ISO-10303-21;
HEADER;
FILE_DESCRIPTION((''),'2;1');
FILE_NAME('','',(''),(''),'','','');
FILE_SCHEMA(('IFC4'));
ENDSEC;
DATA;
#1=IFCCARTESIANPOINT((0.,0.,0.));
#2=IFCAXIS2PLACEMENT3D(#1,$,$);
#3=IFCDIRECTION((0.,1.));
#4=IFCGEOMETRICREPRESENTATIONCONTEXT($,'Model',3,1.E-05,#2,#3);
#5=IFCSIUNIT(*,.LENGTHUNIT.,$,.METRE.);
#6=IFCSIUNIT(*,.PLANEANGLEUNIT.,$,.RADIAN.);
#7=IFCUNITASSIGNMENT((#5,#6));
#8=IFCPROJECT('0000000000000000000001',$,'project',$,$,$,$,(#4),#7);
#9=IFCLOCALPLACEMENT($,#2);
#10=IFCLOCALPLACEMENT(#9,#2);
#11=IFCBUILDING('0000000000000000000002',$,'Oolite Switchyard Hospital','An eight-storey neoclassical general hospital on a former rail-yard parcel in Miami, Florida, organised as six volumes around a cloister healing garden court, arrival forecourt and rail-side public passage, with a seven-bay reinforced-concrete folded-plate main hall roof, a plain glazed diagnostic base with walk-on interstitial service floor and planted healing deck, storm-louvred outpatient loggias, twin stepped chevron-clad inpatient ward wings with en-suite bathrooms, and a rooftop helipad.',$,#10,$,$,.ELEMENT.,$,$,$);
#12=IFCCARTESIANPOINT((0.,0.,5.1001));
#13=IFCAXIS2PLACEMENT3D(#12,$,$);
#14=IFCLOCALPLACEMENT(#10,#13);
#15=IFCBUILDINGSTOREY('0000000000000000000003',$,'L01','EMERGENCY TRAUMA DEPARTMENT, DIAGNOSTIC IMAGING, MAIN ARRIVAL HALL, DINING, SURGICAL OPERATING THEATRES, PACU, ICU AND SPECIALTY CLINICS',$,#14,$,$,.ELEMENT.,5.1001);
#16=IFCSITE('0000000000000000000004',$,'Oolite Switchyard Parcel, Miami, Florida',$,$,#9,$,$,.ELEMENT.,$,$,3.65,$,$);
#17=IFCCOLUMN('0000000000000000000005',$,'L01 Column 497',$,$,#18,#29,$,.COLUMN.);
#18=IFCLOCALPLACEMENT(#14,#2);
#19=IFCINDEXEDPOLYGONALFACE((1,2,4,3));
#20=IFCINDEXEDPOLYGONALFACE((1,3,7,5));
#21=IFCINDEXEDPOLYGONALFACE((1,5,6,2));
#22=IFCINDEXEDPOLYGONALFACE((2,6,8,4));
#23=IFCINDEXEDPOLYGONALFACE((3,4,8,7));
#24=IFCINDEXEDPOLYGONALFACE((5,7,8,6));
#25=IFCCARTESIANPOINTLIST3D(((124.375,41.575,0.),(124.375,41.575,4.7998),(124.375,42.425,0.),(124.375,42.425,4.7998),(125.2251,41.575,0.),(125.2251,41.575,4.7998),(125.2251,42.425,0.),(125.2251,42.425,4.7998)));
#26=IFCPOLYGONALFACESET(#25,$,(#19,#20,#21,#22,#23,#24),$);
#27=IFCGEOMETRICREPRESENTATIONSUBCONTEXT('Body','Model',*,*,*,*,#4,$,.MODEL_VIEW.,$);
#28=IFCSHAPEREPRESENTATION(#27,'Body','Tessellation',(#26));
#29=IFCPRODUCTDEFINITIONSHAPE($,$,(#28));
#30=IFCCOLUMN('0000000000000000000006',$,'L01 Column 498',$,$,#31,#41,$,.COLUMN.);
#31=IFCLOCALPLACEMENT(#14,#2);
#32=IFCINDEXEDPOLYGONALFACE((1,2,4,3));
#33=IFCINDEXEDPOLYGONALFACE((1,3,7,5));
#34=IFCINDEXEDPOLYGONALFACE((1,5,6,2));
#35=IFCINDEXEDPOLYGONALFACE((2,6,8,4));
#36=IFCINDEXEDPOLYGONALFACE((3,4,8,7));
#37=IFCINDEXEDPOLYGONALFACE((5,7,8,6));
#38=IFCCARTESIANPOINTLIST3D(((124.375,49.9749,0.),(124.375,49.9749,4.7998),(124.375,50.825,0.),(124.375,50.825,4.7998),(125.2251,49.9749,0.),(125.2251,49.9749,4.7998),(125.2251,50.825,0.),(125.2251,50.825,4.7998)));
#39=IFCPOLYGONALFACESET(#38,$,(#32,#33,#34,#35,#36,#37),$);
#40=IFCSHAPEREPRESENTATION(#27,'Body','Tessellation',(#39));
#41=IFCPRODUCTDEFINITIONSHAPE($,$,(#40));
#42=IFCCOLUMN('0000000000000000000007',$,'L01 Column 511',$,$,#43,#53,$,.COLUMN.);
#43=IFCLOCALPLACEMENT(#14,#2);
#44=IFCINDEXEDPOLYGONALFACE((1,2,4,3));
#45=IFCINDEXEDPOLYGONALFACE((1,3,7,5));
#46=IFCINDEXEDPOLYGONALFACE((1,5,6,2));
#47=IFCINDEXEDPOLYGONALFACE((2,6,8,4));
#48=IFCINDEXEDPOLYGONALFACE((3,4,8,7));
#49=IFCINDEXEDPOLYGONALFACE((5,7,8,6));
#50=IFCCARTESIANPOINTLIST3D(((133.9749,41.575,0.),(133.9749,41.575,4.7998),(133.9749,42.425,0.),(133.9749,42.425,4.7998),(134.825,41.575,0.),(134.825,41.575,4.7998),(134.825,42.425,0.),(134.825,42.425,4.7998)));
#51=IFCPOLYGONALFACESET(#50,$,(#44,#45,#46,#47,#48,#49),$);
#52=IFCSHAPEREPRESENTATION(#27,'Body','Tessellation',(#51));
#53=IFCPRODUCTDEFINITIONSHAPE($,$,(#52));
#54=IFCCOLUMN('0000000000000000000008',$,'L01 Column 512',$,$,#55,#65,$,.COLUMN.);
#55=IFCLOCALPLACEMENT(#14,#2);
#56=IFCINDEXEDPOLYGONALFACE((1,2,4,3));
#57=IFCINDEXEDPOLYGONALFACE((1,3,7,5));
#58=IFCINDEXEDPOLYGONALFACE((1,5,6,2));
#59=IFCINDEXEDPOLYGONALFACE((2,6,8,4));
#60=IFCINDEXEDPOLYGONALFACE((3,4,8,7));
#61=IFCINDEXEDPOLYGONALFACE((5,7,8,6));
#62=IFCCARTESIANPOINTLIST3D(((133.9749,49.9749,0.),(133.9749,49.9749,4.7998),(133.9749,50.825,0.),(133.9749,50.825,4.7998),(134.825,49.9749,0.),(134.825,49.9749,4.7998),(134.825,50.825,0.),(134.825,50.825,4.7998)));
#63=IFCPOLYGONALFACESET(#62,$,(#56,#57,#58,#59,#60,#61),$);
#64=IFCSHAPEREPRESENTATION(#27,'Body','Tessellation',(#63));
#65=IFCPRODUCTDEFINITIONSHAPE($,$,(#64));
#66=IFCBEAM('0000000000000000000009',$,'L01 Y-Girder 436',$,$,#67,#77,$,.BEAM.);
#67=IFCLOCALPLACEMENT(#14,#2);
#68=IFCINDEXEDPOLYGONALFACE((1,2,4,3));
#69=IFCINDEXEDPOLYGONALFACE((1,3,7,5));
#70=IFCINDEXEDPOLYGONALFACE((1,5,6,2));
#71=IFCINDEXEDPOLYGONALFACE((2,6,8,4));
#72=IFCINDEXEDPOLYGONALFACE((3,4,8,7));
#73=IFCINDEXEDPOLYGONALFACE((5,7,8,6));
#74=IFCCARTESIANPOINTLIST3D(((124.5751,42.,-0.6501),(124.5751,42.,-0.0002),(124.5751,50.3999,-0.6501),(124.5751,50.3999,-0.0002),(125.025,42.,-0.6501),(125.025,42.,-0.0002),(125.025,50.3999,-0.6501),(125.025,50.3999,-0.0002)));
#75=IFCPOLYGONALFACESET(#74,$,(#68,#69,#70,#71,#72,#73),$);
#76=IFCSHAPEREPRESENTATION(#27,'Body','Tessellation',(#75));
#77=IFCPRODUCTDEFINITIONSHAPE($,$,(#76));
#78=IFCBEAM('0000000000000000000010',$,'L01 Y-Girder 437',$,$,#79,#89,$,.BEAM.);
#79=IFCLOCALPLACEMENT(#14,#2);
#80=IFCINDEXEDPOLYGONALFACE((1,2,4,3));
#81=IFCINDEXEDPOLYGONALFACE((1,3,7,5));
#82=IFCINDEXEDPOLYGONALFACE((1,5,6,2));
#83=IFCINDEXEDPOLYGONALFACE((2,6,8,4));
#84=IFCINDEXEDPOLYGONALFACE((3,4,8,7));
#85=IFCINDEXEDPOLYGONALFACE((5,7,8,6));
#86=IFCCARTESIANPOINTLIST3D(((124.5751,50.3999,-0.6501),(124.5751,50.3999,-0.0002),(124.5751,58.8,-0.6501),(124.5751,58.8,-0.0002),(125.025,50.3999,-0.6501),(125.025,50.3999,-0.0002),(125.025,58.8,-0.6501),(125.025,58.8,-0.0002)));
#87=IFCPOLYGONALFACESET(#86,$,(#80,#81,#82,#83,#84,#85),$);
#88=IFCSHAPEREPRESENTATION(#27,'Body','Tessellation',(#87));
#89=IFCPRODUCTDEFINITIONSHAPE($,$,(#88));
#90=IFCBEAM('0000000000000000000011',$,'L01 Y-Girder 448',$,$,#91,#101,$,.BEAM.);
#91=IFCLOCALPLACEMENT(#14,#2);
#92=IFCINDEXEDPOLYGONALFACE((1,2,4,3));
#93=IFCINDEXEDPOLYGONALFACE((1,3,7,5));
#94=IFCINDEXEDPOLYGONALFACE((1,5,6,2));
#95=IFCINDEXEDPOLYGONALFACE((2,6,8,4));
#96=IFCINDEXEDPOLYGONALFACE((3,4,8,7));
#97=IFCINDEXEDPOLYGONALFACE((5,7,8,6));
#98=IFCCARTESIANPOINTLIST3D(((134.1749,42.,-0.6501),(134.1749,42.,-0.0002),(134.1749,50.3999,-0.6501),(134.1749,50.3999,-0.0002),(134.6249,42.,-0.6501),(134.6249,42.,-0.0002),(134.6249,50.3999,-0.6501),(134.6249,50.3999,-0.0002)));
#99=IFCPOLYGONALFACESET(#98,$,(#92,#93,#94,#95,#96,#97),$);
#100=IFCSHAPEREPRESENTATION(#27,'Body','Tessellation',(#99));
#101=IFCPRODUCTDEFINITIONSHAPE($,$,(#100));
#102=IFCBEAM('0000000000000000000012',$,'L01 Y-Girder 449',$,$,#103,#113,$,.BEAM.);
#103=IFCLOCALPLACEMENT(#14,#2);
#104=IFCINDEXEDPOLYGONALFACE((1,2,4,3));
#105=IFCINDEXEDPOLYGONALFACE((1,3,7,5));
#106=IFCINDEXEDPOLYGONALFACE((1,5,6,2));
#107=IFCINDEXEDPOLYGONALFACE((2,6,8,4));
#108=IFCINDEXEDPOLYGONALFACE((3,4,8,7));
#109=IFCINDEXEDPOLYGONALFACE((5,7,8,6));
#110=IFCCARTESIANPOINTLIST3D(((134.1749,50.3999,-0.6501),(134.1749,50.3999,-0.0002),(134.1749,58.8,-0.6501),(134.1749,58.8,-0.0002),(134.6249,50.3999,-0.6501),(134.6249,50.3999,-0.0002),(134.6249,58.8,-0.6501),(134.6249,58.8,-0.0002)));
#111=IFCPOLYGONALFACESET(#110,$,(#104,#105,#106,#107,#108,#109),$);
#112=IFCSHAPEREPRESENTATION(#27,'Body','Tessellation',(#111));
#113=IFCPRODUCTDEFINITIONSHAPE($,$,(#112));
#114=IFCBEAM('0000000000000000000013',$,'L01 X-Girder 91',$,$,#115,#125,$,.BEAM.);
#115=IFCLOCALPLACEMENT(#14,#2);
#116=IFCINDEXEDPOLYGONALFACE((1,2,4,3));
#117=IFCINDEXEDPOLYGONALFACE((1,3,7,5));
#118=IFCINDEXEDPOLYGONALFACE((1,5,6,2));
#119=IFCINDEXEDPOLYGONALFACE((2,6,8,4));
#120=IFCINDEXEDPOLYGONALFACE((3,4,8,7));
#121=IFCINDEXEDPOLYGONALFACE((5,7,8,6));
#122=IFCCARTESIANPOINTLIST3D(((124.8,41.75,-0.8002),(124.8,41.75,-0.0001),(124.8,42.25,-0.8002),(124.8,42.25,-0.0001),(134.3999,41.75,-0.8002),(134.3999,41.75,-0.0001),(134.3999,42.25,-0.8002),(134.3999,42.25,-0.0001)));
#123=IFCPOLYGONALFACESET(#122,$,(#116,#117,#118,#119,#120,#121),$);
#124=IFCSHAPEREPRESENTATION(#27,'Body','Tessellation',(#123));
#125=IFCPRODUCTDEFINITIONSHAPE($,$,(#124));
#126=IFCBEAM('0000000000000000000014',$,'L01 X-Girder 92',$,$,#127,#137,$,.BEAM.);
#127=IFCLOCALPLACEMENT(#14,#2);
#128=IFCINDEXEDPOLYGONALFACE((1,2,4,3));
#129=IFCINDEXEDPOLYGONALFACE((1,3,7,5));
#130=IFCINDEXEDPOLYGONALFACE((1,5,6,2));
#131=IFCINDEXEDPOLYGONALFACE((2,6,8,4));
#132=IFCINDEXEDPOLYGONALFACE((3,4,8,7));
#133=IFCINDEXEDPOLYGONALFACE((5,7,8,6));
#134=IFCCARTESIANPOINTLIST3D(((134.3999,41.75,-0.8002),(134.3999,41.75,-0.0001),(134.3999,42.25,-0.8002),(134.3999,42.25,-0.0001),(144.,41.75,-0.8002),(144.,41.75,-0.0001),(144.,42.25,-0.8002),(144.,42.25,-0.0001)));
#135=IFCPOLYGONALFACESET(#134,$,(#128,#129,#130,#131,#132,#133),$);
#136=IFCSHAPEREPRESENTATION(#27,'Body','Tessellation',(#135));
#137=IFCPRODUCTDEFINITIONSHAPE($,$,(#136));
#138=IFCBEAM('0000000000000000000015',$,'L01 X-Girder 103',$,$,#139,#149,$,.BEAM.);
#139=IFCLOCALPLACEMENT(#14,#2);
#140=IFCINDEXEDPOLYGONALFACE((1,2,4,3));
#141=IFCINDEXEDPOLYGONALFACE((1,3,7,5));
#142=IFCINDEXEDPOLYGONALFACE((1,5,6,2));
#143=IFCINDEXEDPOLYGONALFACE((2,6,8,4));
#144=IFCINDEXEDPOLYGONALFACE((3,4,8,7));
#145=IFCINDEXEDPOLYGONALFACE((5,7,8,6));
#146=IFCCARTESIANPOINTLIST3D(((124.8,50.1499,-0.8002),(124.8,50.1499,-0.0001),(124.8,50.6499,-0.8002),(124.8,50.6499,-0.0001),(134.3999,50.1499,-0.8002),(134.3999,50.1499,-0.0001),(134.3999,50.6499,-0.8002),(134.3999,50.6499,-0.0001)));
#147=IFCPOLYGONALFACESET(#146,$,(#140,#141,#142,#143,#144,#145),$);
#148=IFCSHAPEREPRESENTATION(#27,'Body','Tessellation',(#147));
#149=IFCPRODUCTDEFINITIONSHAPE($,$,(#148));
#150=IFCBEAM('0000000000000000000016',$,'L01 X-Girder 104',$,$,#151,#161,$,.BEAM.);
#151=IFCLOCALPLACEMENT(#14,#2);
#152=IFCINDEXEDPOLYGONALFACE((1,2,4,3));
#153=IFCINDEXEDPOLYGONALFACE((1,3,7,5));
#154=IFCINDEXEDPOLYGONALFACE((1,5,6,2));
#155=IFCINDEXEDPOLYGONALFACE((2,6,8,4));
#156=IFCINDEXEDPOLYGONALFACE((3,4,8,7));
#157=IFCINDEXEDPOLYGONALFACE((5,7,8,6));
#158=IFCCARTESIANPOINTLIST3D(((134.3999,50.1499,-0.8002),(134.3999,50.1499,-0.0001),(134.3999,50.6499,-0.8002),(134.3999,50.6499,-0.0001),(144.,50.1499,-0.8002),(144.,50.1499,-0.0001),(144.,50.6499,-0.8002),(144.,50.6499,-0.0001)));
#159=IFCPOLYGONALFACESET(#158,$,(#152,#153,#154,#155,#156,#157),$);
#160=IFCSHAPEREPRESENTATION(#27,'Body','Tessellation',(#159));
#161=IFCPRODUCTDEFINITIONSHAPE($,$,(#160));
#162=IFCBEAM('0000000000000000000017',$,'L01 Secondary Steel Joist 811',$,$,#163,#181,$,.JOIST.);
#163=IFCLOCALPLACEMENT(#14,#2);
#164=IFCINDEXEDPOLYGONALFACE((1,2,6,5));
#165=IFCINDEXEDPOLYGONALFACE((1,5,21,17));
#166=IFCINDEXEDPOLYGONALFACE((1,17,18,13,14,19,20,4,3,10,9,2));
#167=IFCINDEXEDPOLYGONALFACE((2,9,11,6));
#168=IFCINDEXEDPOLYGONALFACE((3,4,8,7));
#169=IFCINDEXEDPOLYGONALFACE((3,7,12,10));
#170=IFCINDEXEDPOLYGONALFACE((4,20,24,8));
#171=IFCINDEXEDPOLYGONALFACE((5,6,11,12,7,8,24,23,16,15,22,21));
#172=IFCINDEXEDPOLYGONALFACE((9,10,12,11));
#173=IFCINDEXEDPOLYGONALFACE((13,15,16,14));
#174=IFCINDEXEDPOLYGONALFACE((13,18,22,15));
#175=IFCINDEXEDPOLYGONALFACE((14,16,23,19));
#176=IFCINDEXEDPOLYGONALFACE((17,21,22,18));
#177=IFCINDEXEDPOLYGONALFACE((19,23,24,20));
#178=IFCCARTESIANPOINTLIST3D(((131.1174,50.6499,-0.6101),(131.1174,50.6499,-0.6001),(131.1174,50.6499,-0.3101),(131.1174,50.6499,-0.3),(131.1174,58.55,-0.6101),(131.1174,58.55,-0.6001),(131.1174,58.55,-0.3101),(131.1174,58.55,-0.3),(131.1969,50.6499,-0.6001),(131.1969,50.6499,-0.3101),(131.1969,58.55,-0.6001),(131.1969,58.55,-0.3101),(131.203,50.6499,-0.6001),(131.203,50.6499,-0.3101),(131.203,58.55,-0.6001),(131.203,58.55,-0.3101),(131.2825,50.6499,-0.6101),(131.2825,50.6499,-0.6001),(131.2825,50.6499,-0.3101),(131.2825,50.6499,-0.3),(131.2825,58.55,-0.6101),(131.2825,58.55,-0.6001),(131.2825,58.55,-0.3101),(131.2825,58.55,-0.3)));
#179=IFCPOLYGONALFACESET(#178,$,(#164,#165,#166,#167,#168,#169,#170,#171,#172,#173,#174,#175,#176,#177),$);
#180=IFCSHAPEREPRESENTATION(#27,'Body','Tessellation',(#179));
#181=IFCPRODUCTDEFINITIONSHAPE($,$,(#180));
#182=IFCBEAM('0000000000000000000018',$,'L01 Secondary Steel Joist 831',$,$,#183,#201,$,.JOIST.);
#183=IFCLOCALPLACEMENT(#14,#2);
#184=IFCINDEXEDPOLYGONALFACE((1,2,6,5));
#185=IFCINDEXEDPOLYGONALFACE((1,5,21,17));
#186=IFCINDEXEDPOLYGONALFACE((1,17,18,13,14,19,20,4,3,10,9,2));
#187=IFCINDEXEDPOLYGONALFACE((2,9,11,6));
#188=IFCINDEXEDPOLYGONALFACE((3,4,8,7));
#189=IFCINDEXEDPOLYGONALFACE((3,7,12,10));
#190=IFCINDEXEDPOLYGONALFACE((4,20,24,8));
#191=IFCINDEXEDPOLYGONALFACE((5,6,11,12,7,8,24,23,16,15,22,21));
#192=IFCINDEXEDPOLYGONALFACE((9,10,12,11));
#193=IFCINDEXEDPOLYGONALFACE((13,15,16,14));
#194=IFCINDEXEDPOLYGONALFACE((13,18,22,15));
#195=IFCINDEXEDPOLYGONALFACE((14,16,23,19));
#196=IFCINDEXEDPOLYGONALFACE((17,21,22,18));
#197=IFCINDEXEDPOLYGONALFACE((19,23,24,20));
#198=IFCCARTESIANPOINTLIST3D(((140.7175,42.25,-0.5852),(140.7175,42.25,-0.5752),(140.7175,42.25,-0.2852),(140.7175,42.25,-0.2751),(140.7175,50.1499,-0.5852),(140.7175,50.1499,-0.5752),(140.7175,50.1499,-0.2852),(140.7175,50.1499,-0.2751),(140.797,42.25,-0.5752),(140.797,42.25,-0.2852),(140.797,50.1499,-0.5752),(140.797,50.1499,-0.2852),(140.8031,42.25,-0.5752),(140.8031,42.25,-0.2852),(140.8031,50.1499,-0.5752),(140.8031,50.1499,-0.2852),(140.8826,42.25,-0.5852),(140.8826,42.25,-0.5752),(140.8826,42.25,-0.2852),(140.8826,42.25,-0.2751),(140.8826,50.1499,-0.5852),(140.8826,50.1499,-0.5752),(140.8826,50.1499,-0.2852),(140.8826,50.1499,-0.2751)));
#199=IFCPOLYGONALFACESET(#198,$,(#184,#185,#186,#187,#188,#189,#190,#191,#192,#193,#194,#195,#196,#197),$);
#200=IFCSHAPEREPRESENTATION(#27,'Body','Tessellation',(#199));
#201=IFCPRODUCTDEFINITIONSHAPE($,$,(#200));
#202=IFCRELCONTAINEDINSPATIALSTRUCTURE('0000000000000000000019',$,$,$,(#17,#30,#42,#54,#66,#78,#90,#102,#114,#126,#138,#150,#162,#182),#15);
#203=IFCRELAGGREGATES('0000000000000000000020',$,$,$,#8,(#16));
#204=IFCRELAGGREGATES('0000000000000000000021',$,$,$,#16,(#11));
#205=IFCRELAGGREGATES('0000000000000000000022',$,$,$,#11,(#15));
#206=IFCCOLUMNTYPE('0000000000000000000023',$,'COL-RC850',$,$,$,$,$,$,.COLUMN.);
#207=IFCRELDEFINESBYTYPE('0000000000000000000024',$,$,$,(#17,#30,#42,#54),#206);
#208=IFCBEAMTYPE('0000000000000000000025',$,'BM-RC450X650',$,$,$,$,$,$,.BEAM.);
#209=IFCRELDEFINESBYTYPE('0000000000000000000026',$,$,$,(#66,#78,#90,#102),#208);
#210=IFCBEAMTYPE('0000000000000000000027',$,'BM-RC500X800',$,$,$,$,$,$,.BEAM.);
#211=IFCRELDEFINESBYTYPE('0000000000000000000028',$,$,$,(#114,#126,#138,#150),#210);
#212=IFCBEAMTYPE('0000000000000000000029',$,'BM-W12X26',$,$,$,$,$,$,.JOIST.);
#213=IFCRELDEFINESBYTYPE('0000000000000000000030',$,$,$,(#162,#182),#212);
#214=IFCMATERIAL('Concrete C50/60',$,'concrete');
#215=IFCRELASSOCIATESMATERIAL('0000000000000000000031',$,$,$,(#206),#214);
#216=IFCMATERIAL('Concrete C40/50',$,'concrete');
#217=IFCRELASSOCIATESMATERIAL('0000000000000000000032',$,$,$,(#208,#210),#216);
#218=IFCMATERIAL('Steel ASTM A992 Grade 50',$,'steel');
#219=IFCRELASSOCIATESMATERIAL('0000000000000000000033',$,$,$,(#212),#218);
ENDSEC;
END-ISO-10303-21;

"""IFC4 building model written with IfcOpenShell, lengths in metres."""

from ifc_helpers import new_model, si_unit, direction, frame, origin, origin_2d, place, context, subcontext, project, spatial, rectangle, i_section, extrude, material, material_profile, profile_set, type_object, element, save


model = new_model("IFC4")

# Units and contexts
model_context = context("Model", 3, precision=1e-05, world=origin(), true_north=direction((0.0, 1.0)))
body_context = subcontext(model_context, "Body", "Model", "MODEL_VIEW")
ifc_project = project(units=[si_unit("LENGTHUNIT", "METRE"), si_unit("PLANEANGLEUNIT", "RADIAN")], contexts=[model_context])

# Site, building, storey
site_placement = place(None, origin())
site = spatial("IfcSite", under=ifc_project, at=site_placement, Name="Oolite Switchyard Parcel, Miami, Florida", CompositionType="ELEMENT", RefElevation=3.65)
building_placement = place(site_placement, origin())
building = spatial("IfcBuilding", under=site, at=building_placement, Name="Oolite Switchyard Hospital", Description="An eight-storey neoclassical general hospital on a former rail-yard parcel in Miami, Florida, organised as six volumes around a cloister healing garden court, arrival forecourt and rail-side public passage, with a seven-bay reinforced-concrete folded-plate main hall roof, a plain glazed diagnostic base with walk-on interstitial service floor and planted healing deck, storm-louvred outpatient loggias, twin stepped chevron-clad inpatient ward wings with en-suite bathrooms, and a rooftop helipad.", CompositionType="ELEMENT")
storey_placement = place(building_placement, frame((0.0, 0.0, 5.1001)))
storey = spatial("IfcBuildingStorey", under=building, at=storey_placement, Name="L01", Description="EMERGENCY TRAUMA DEPARTMENT, DIAGNOSTIC IMAGING, MAIN ARRIVAL HALL, DINING, SURGICAL OPERATING THEATRES, PACU, ICU AND SPECIALTY CLINICS", CompositionType="ELEMENT", Elevation=5.1001)

# Columns
ifc_material_1 = material(Name="Concrete C50/60", Category="concrete")
ifc_material_profile_1 = material_profile(ifc_material_1, rectangle(XDim=0.8501, YDim=0.8501, at=origin_2d()), Name="RC850X850")
ifc_profile_set_1 = profile_set([ifc_material_profile_1], Name="Concrete C50/60")
column_type = type_object("IfcColumnType", Name="COL-RC850", PredefinedType="COLUMN", material=ifc_profile_set_1)
for number, where, z_axis, x_axis, name in (
    (1, (124.8, 42.0, 0.0), (0.0, 0.0, 1.0), (1.0, 0.0, 0.0), "L01 Column 497"),
    (2, (124.8, 50.3999, 0.0), (0.0, 0.0, 1.0), (1.0, 0.0, 0.0), "L01 Column 498"),
    (3, (134.3999, 42.0, 0.0), (0.0, 0.0, 1.0), (1.0, 0.0, 0.0), "L01 Column 511"),
    (4, (134.3999, 50.3999, 0.0), (0.0, 0.0, 1.0), (1.0, 0.0, 0.0), "L01 Column 512"),
):
    element("IfcColumn", number, at=place(storey_placement, frame(where, z_axis=z_axis, x_axis=x_axis)), inside=storey, type_object=column_type, Name=name, PredefinedType="COLUMN", context=body_context, shape_type="SweptSolid", body=[
        extrude(rectangle(XDim=0.8501, YDim=0.8501, at=origin_2d()), origin(), (0.0, 0.0, 1.0), 4.7998),
    ])

# Beams
ifc_material_2 = material(Name="Concrete C40/50", Category="concrete")
ifc_material_profile_2 = material_profile(ifc_material_2, rectangle(XDim=0.45, YDim=0.6499, at=origin_2d()), Name="RCB450X650")
ifc_profile_set_2 = profile_set([ifc_material_profile_2], Name="Concrete C40/50")
beam_type_1 = type_object("IfcBeamType", Name="BM-RC450X650", PredefinedType="BEAM", material=ifc_profile_set_2)
beam_1_placement = place(storey_placement, frame((124.8, 42.0, -0.3252), z_axis=(0.0, 1.0, 0.0), x_axis=(-1.0, 0.0, 0.0)))
element("IfcBeam", 5, at=beam_1_placement, inside=storey, type_object=beam_type_1, Name="L01 Y-Girder 436", PredefinedType="BEAM", context=body_context, shape_type="SweptSolid", body=[
    extrude(rectangle(XDim=0.45, YDim=0.6499, at=origin_2d()), origin(), (0.0, 0.0, 1.0), 8.3999),
])
beam_2_placement = place(storey_placement, frame((124.8, 50.3999, -0.3252), z_axis=(0.0, 1.0, 0.0), x_axis=(-1.0, 0.0, 0.0)))
element("IfcBeam", 6, at=beam_2_placement, inside=storey, type_object=beam_type_1, Name="L01 Y-Girder 437", PredefinedType="BEAM", context=body_context, shape_type="SweptSolid", body=[
    extrude(rectangle(XDim=0.45, YDim=0.6499, at=origin_2d()), origin(), (0.0, 0.0, 1.0), 8.4001),
])
beam_3_placement = place(storey_placement, frame((134.3999, 42.0, -0.3252), z_axis=(0.0, 1.0, 0.0), x_axis=(-1.0, 0.0, 0.0)))
element("IfcBeam", 7, at=beam_3_placement, inside=storey, type_object=beam_type_1, Name="L01 Y-Girder 448", PredefinedType="BEAM", context=body_context, shape_type="SweptSolid", body=[
    extrude(rectangle(XDim=0.45, YDim=0.6499, at=origin_2d()), origin(), (0.0, 0.0, 1.0), 8.3999),
])
beam_4_placement = place(storey_placement, frame((134.3999, 50.3999, -0.3252), z_axis=(0.0, 1.0, 0.0), x_axis=(-1.0, 0.0, 0.0)))
element("IfcBeam", 8, at=beam_4_placement, inside=storey, type_object=beam_type_1, Name="L01 Y-Girder 449", PredefinedType="BEAM", context=body_context, shape_type="SweptSolid", body=[
    extrude(rectangle(XDim=0.45, YDim=0.6499, at=origin_2d()), origin(), (0.0, 0.0, 1.0), 8.4001),
])
ifc_material_profile_3 = material_profile(ifc_material_2, rectangle(XDim=0.5, YDim=0.8, at=origin_2d()), Name="RCB500X800")
ifc_profile_set_3 = profile_set([ifc_material_profile_3], Name="Concrete C40/50")
beam_type_2 = type_object("IfcBeamType", Name="BM-RC500X800", PredefinedType="BEAM", material=ifc_profile_set_3)
beam_5_placement = place(storey_placement, frame((124.8, 42.0, -0.4001), z_axis=(1.0, 0.0, 0.0), x_axis=(0.0, 1.0, 0.0)))
element("IfcBeam", 9, at=beam_5_placement, inside=storey, type_object=beam_type_2, Name="L01 X-Girder 91", PredefinedType="BEAM", context=body_context, shape_type="SweptSolid", body=[
    extrude(rectangle(XDim=0.5, YDim=0.8, at=origin_2d()), origin(), (0.0, 0.0, 1.0), 9.5999),
])
beam_6_placement = place(storey_placement, frame((134.3999, 42.0, -0.4001), z_axis=(1.0, 0.0, 0.0), x_axis=(0.0, 1.0, 0.0)))
element("IfcBeam", 10, at=beam_6_placement, inside=storey, type_object=beam_type_2, Name="L01 X-Girder 92", PredefinedType="BEAM", context=body_context, shape_type="SweptSolid", body=[
    extrude(rectangle(XDim=0.5, YDim=0.8, at=origin_2d()), origin(), (0.0, 0.0, 1.0), 9.6001),
])
beam_7_placement = place(storey_placement, frame((124.8, 50.3999, -0.4001), z_axis=(1.0, 0.0, 0.0), x_axis=(0.0, 1.0, 0.0)))
element("IfcBeam", 11, at=beam_7_placement, inside=storey, type_object=beam_type_2, Name="L01 X-Girder 103", PredefinedType="BEAM", context=body_context, shape_type="SweptSolid", body=[
    extrude(rectangle(XDim=0.5, YDim=0.8, at=origin_2d()), origin(), (0.0, 0.0, 1.0), 9.5999),
])
beam_8_placement = place(storey_placement, frame((134.3999, 50.3999, -0.4001), z_axis=(1.0, 0.0, 0.0), x_axis=(0.0, 1.0, 0.0)))
element("IfcBeam", 12, at=beam_8_placement, inside=storey, type_object=beam_type_2, Name="L01 X-Girder 104", PredefinedType="BEAM", context=body_context, shape_type="SweptSolid", body=[
    extrude(rectangle(XDim=0.5, YDim=0.8, at=origin_2d()), origin(), (0.0, 0.0, 1.0), 9.6001),
])
ifc_material_3 = material(Name="Steel ASTM A992 Grade 50", Category="steel")
ifc_material_profile_4 = material_profile(ifc_material_3, i_section(OverallWidth=0.165, OverallDepth=0.3101, WebThickness=0.0061, FlangeThickness=0.01, at=origin_2d()), Name="W12X26")
ifc_profile_set_4 = profile_set([ifc_material_profile_4], Name="Steel ASTM A992 Grade 50")
beam_type_3 = type_object("IfcBeamType", Name="BM-W12X26", PredefinedType="JOIST", material=ifc_profile_set_4)
beam_9_placement = place(storey_placement, frame((131.2, 50.6499, -0.4551), z_axis=(0.0, 1.0, 0.0), x_axis=(-1.0, 0.0, 0.0)))
element("IfcBeam", 13, at=beam_9_placement, inside=storey, type_object=beam_type_3, Name="L01 Secondary Steel Joist 811", PredefinedType="JOIST", context=body_context, shape_type="SweptSolid", body=[
    extrude(i_section(OverallWidth=0.165, OverallDepth=0.3101, WebThickness=0.0061, FlangeThickness=0.01, at=origin_2d()), origin(), (0.0, 0.0, 1.0), 7.9001),
])
beam_10_placement = place(storey_placement, frame((140.8, 42.25, -0.4302), z_axis=(0.0, 1.0, 0.0), x_axis=(-1.0, 0.0, 0.0)))
element("IfcBeam", 14, at=beam_10_placement, inside=storey, type_object=beam_type_3, Name="L01 Secondary Steel Joist 831", PredefinedType="JOIST", context=body_context, shape_type="SweptSolid", body=[
    extrude(i_section(OverallWidth=0.165, OverallDepth=0.3101, WebThickness=0.0061, FlangeThickness=0.01, at=origin_2d()), origin(), (0.0, 0.0, 1.0), 7.8999),
])

save(model, "model.ifc")
